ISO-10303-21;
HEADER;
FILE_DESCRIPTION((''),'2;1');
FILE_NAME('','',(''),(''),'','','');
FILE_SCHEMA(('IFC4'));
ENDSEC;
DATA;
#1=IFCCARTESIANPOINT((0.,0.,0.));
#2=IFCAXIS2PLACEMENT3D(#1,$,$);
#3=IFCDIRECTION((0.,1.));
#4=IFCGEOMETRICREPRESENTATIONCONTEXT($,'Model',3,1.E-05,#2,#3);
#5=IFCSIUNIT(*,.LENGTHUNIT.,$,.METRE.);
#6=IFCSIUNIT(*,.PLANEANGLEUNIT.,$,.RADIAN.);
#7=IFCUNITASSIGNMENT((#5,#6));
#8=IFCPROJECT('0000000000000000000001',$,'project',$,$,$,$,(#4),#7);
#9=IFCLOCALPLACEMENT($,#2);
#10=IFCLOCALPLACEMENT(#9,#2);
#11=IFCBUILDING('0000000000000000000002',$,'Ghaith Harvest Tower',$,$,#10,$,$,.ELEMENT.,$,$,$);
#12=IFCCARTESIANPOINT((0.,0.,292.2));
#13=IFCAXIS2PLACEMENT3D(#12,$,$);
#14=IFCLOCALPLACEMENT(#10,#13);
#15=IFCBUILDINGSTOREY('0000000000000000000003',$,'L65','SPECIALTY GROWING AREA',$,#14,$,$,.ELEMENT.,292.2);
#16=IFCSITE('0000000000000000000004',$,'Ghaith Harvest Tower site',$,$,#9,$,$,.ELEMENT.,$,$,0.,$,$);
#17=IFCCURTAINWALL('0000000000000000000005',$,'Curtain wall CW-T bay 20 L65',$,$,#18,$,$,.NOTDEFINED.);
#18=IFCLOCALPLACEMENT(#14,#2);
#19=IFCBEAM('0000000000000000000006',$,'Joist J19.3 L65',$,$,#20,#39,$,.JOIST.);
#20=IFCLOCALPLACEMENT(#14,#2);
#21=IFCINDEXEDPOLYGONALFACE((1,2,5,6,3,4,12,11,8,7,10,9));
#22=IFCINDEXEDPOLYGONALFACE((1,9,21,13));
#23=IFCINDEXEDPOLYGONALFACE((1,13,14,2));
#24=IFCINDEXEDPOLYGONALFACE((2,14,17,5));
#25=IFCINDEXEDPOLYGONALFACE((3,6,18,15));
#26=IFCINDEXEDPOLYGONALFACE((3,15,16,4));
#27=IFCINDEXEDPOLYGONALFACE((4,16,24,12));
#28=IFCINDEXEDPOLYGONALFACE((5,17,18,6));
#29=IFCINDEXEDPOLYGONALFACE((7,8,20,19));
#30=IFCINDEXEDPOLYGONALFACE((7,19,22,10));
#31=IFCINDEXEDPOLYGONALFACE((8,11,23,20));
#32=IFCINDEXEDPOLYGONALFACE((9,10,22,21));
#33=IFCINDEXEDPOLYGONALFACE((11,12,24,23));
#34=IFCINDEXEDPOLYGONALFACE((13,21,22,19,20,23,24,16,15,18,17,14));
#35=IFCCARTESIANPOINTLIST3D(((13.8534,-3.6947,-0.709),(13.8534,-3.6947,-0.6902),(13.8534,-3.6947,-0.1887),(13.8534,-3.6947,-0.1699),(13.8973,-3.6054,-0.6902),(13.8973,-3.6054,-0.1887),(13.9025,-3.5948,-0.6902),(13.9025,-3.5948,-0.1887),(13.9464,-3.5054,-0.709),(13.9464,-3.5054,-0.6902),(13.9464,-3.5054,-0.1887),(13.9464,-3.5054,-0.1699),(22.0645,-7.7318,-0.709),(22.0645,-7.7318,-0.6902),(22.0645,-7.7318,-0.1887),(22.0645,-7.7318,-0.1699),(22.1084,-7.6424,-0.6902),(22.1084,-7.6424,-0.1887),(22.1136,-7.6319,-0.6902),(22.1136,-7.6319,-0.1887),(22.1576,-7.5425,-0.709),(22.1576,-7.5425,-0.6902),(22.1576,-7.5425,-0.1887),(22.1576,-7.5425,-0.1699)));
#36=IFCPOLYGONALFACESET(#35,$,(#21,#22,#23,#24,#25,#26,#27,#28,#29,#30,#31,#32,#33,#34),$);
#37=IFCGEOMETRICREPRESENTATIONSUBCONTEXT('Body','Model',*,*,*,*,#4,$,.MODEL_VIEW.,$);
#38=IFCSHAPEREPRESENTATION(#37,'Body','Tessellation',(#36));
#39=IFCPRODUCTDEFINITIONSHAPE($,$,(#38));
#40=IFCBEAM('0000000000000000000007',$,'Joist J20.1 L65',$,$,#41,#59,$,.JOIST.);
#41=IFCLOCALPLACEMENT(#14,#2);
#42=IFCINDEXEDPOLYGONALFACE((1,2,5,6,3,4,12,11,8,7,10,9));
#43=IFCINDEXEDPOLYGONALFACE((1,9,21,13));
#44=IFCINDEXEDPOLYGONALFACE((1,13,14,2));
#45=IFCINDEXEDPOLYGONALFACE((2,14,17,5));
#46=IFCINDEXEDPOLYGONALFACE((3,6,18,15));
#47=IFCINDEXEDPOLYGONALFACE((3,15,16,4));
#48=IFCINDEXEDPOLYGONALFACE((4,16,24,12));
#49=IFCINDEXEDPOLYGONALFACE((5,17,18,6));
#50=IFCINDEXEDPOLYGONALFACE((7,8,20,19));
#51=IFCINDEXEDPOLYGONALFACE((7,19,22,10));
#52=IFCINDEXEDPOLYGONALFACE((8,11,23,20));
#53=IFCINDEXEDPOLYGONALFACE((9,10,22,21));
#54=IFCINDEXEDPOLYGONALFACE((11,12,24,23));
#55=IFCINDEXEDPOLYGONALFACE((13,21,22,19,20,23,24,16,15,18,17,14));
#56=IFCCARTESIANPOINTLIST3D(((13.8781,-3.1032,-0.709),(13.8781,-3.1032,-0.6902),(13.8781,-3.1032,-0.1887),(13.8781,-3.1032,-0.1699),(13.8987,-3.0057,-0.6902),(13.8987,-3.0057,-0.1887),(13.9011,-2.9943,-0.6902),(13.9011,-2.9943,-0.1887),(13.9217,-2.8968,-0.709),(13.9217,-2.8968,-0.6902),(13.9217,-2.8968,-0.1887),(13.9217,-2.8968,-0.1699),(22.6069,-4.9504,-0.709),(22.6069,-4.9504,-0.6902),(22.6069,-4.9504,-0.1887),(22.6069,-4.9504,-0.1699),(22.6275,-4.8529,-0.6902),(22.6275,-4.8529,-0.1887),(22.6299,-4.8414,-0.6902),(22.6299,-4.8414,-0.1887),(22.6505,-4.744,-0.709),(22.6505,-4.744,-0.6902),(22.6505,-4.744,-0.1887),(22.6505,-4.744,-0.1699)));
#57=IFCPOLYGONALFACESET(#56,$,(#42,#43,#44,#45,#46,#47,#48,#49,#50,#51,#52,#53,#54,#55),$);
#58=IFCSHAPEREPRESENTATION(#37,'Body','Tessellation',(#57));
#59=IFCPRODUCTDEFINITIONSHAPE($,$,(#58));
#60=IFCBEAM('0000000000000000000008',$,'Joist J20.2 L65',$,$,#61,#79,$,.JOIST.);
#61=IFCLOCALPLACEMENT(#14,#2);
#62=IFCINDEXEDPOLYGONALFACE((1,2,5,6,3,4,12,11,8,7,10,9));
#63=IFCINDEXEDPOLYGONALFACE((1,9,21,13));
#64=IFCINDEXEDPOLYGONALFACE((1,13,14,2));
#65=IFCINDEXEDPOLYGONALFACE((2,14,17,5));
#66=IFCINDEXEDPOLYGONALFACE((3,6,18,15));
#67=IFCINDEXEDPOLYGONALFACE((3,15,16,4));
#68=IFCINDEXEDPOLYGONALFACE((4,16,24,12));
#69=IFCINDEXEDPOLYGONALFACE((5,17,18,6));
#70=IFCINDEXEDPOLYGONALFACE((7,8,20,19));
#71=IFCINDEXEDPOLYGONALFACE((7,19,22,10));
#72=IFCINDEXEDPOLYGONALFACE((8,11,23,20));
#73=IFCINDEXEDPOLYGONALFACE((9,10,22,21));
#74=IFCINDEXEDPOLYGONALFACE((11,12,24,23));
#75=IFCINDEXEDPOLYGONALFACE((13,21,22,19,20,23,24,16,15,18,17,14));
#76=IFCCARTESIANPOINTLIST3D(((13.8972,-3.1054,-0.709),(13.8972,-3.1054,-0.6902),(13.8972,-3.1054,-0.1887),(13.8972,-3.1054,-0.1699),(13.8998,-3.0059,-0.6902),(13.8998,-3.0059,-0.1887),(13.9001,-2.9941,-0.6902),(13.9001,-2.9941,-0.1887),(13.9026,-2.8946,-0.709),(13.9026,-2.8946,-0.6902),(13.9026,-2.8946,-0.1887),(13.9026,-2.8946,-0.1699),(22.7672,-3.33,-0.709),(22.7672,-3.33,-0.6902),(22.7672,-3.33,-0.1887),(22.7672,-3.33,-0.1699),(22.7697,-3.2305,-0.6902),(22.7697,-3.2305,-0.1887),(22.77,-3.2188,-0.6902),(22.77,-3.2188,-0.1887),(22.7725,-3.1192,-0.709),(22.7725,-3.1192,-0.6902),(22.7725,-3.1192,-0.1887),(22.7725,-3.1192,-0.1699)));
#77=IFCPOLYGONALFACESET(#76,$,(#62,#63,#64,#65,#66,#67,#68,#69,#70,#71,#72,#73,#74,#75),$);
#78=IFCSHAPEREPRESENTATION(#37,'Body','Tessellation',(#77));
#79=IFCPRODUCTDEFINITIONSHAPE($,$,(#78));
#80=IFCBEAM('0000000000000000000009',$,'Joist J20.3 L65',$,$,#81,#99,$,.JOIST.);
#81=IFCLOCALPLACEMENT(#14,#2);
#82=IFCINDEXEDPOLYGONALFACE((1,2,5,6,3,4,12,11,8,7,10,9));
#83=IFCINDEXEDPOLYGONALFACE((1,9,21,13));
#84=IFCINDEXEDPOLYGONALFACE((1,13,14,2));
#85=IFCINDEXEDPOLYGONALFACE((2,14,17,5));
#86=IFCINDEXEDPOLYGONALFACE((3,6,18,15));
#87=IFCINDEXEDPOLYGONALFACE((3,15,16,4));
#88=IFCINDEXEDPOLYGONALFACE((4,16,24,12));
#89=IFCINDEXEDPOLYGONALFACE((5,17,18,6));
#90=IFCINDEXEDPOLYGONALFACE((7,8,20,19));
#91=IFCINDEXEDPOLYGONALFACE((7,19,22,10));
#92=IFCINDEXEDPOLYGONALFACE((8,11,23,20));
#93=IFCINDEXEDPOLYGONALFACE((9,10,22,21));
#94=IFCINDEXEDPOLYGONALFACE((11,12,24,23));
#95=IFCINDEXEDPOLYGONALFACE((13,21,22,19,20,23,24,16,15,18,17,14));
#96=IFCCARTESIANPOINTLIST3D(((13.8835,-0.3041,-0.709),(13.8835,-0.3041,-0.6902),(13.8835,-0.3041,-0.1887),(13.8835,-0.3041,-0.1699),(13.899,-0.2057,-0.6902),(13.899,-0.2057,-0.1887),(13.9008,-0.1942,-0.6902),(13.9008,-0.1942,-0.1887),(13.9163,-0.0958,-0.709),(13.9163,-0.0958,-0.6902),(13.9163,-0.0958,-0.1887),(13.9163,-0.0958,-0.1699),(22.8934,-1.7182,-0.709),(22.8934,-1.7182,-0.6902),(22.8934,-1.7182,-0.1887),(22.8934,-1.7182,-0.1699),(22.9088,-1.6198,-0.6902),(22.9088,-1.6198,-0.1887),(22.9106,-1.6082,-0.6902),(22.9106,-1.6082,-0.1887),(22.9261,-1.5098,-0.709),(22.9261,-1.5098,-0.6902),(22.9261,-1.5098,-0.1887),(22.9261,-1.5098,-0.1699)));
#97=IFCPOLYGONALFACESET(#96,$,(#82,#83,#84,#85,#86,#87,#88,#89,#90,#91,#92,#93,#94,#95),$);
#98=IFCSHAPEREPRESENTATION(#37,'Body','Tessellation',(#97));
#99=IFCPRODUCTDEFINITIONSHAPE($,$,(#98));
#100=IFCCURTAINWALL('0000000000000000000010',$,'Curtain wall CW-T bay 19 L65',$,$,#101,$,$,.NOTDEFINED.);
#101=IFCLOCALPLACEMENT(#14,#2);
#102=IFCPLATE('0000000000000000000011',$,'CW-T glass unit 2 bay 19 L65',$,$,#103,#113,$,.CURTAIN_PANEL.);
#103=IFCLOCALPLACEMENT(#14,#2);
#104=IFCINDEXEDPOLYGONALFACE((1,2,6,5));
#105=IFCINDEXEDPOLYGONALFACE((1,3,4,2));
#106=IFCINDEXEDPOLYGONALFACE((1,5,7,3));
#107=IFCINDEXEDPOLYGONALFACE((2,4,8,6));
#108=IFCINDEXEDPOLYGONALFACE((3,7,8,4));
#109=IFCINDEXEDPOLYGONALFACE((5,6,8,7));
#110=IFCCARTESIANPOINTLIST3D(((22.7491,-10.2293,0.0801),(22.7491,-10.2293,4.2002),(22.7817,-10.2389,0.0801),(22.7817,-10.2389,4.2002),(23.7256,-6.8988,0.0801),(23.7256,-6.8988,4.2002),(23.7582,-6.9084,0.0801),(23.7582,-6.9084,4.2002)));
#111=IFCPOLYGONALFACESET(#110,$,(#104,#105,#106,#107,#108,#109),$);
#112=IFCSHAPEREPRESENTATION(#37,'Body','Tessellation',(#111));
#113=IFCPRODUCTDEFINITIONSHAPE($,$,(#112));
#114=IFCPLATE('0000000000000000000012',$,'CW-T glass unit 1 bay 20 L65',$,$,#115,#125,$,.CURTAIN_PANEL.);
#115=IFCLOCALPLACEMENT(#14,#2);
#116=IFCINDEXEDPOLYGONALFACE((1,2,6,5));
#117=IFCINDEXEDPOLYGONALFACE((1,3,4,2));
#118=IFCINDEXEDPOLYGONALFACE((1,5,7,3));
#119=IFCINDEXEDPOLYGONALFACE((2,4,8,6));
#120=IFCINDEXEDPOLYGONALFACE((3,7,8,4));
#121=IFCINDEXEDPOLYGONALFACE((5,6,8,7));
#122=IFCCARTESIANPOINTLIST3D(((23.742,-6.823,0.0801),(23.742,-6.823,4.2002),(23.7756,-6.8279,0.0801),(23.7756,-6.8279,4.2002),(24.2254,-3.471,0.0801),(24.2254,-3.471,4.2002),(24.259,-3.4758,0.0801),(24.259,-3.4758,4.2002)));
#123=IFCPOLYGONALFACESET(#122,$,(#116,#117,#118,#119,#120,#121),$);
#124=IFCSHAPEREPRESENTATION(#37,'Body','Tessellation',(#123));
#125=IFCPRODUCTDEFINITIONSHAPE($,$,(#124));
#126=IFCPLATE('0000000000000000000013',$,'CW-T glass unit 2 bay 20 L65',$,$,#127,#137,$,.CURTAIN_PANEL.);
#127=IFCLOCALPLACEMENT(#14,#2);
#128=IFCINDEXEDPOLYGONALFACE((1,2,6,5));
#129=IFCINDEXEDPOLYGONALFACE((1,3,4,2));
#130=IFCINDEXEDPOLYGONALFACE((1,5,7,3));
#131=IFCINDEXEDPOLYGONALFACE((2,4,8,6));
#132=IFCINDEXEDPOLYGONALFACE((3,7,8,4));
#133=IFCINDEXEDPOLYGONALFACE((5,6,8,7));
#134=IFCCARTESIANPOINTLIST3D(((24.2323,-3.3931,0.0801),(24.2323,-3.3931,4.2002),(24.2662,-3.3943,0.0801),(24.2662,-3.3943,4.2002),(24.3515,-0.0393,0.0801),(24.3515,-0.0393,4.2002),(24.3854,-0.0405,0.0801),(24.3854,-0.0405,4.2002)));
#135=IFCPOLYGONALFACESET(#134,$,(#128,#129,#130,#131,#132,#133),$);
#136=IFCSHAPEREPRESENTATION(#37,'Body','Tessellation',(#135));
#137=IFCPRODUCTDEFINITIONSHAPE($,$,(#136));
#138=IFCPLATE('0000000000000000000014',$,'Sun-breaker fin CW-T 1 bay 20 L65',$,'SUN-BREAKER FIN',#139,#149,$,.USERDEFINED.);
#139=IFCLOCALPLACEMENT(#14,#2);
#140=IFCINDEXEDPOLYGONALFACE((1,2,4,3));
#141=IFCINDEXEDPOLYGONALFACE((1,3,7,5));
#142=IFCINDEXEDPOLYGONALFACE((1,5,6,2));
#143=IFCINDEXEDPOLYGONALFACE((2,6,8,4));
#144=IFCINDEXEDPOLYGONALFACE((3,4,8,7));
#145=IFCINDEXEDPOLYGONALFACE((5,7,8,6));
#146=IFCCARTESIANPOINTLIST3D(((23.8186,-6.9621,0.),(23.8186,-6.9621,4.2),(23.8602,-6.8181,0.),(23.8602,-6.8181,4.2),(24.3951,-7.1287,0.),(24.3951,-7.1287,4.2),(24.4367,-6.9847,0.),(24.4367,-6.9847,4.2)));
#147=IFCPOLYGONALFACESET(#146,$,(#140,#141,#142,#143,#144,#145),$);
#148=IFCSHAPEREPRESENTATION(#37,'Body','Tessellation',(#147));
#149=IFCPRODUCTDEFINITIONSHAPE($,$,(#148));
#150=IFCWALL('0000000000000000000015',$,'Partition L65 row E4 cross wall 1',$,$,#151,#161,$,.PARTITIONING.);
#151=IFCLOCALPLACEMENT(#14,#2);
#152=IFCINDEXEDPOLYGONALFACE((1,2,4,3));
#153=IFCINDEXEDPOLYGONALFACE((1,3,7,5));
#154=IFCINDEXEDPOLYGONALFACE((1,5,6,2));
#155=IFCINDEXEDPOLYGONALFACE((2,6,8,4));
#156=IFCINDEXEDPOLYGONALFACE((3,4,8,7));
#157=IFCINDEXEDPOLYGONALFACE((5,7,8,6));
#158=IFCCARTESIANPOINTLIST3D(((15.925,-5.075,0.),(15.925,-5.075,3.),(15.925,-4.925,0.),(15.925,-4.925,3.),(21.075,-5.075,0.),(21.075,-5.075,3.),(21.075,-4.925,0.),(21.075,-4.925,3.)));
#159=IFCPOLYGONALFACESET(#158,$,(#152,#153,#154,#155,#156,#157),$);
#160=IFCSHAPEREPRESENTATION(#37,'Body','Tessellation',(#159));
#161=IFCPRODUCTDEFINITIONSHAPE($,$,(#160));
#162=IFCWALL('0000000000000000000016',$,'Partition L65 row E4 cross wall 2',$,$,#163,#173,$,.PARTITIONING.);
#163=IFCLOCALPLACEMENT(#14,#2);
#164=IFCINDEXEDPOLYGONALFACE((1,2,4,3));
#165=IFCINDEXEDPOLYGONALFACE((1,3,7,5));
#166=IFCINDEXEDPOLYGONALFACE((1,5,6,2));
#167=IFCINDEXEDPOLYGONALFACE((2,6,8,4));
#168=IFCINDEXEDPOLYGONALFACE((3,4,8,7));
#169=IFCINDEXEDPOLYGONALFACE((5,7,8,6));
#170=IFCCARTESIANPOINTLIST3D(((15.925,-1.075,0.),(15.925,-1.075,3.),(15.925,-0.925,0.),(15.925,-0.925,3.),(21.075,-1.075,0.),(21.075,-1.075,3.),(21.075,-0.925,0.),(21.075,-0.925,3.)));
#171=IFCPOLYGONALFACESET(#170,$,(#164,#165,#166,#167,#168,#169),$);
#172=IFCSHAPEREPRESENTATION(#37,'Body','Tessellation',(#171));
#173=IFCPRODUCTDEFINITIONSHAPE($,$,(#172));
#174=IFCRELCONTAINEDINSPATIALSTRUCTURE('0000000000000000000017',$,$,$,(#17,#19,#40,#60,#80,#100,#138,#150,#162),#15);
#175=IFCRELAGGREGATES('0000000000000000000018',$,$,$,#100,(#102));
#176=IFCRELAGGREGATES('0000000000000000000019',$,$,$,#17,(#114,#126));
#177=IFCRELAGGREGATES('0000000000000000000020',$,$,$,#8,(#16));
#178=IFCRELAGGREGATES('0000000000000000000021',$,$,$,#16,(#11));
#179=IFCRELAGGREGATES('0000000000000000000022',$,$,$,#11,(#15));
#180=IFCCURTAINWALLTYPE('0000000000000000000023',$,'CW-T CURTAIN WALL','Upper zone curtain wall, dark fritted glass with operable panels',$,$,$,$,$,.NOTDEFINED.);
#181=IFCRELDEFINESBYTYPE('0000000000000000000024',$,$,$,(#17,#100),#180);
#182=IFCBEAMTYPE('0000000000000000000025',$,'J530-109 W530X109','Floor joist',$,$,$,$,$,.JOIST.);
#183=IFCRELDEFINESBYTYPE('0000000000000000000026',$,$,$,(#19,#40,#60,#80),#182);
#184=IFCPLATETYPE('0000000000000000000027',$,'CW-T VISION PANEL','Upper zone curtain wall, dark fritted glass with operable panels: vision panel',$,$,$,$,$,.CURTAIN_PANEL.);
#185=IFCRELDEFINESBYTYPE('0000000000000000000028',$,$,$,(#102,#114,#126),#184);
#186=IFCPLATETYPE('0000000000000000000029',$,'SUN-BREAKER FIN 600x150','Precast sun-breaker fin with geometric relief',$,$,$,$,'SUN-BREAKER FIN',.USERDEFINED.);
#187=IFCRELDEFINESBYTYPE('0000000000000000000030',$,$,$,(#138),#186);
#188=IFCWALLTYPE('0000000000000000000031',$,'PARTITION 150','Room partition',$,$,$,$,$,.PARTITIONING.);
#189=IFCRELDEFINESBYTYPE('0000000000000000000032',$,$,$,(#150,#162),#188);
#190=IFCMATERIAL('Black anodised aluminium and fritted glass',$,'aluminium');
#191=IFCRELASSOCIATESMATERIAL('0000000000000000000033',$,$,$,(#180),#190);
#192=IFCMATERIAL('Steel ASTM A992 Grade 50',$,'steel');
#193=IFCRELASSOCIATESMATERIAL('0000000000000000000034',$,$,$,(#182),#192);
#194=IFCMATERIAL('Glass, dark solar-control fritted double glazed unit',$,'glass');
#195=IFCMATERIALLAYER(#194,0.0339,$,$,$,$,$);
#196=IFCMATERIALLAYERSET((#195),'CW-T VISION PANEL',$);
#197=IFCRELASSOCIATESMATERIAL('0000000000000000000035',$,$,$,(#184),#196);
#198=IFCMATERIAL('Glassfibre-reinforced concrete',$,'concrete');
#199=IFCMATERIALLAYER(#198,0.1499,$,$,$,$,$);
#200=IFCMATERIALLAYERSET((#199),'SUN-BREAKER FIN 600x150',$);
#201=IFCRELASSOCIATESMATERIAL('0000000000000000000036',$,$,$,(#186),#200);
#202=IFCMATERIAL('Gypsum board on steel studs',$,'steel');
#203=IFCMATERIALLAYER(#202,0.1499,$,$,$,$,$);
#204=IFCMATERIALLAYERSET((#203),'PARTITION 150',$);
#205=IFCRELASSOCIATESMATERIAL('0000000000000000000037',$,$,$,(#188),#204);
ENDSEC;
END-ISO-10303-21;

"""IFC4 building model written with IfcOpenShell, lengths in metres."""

from ifc_helpers import new_model, si_unit, direction, frame, frame_2d, origin, origin_2d, place, context, subcontext, project, spatial, rectangle, i_section, extrude, material, layer, layer_set, material_profile, profile_set, type_object, element, aggregate, save


model = new_model("IFC4")

# Units and contexts
model_context = context("Model", 3, precision=1e-05, world=origin(), true_north=direction((0.0, 1.0)))
body_context = subcontext(model_context, "Body", "Model", "MODEL_VIEW")
ifc_project = project(units=[si_unit("LENGTHUNIT", "METRE"), si_unit("PLANEANGLEUNIT", "RADIAN")], contexts=[model_context])

# Site, building, storey
site_placement = place(None, origin())
site = spatial("IfcSite", under=ifc_project, at=site_placement, Name="Ghaith Harvest Tower site", CompositionType="ELEMENT", RefElevation=0.0)
building_placement = place(site_placement, origin())
building = spatial("IfcBuilding", under=site, at=building_placement, Name="Ghaith Harvest Tower", CompositionType="ELEMENT")
storey_placement = place(building_placement, frame((0.0, 0.0, 292.2)))
storey = spatial("IfcBuildingStorey", under=building, at=storey_placement, Name="L65", Description="SPECIALTY GROWING AREA", CompositionType="ELEMENT", Elevation=292.2)

# Curtain wall
ifc_material_1 = material(Name="Black anodised aluminium and fritted glass", Category="aluminium")
curtain_wall_type = type_object("IfcCurtainWallType", Name="CW-T CURTAIN WALL", Description="Upper zone curtain wall, dark fritted glass with operable panels", PredefinedType="NOTDEFINED", material=ifc_material_1)
curtain_wall_1_placement = place(storey_placement, origin())
curtain_wall_1 = element("IfcCurtainWall", 1, at=curtain_wall_1_placement, inside=storey, type_object=curtain_wall_type, Name="Curtain wall CW-T bay 20 L65", PredefinedType="NOTDEFINED")

# Beams
ifc_material_2 = material(Name="Steel ASTM A992 Grade 50", Category="steel")
ifc_material_profile_1 = material_profile(ifc_material_2, i_section(OverallWidth=0.2109, OverallDepth=0.5391, WebThickness=0.0117, FlangeThickness=0.0188, at=origin_2d()), Name="W530X109")
ifc_profile_set_1 = profile_set([ifc_material_profile_1], Name="Steel ASTM A992 Grade 50")
beam_type_1 = type_object("IfcBeamType", Name="J530-109 W530X109", Description="Floor joist", PredefinedType="JOIST", material=ifc_profile_set_1)
beam_1_placement = place(storey_placement, frame((13.8999, -3.6001, -0.4395), z_axis=(0.897401, -0.441216, 0.0), x_axis=(0.441216, 0.897401, 0.0)))
element("IfcBeam", 2, at=beam_1_placement, inside=storey, type_object=beam_type_1, Name="Joist J19.3 L65", PredefinedType="JOIST", context=body_context, shape_type="SweptSolid", body=[
    extrude(i_section(OverallWidth=0.2109, OverallDepth=0.5391, WebThickness=0.0117, FlangeThickness=0.0188, at=origin_2d()), origin(), (0.0, 0.0, 1.0), 9.1499),
])
beam_2_placement = place(storey_placement, frame((13.8999, -3.0, -0.4395), z_axis=(0.978334, -0.207034, 0.0), x_axis=(0.207034, 0.978334, 0.0)))
element("IfcBeam", 3, at=beam_2_placement, inside=storey, type_object=beam_type_1, Name="Joist J20.1 L65", PredefinedType="JOIST", context=body_context, shape_type="SweptSolid", body=[
    extrude(i_section(OverallWidth=0.2109, OverallDepth=0.5391, WebThickness=0.0117, FlangeThickness=0.0188, at=origin_2d()), origin(), (0.0, 0.0, 1.0), 8.9221),
])
beam_3_placement = place(storey_placement, frame((13.8999, -3.0, -0.4395), z_axis=(0.99968, -0.025315, 0.0), x_axis=(0.025315, 0.99968, 0.0)))
element("IfcBeam", 4, at=beam_3_placement, inside=storey, type_object=beam_type_1, Name="Joist J20.2 L65", PredefinedType="JOIST", context=body_context, shape_type="SweptSolid", body=[
    extrude(i_section(OverallWidth=0.2109, OverallDepth=0.5391, WebThickness=0.0117, FlangeThickness=0.0188, at=origin_2d()), origin(), (0.0, 0.0, 1.0), 8.8728),
])
beam_4_placement = place(storey_placement, frame((13.8999, -0.2, -0.4395), z_axis=(0.987907, -0.15505, 0.0), x_axis=(0.15505, 0.987907, 0.0)))
element("IfcBeam", 5, at=beam_4_placement, inside=storey, type_object=beam_type_1, Name="Joist J20.3 L65", PredefinedType="JOIST", context=body_context, shape_type="SweptSolid", body=[
    extrude(i_section(OverallWidth=0.2109, OverallDepth=0.5391, WebThickness=0.0117, FlangeThickness=0.0188, at=origin_2d()), origin(), (0.0, 0.0, 1.0), 9.1201),
])

# Curtain wall, plate
curtain_wall_2_placement = place(storey_placement, origin())
curtain_wall_2 = element("IfcCurtainWall", 6, at=curtain_wall_2_placement, inside=storey, type_object=curtain_wall_type, Name="Curtain wall CW-T bay 19 L65", PredefinedType="NOTDEFINED")
ifc_material_3 = material(Name="Glass, dark solar-control fritted double glazed unit", Category="glass")
ifc_layer_1 = layer(ifc_material_3, 0.0339)
ifc_layer_set_1 = layer_set([ifc_layer_1], Name="CW-T VISION PANEL")
plate_type_1 = type_object("IfcPlateType", Name="CW-T VISION PANEL", Description="Upper zone curtain wall, dark fritted glass with operable panels: vision panel", PredefinedType="CURTAIN_PANEL", material=ifc_layer_set_1)
plate_1_placement = place(storey_placement, frame((23.2537, -8.5688, 0.0801), z_axis=(0.0, 0.0, 1.0), x_axis=(0.281345, 0.959607, 0.0)))
plate_1 = element("IfcPlate", 7, at=plate_1_placement, type_object=plate_type_1, Name="CW-T glass unit 2 bay 19 L65", PredefinedType="CURTAIN_PANEL", context=body_context, shape_type="SweptSolid", body=[
    extrude(rectangle(XDim=3.4707, YDim=0.0339, at=origin_2d()), origin(), (0.0, 0.0, 1.0), 4.1201),
])
aggregate(curtain_wall_2, [plate_1])

# Plates
plate_2_placement = place(storey_placement, frame((24.0005, -5.1494, 0.0801), z_axis=(0.0, 0.0, 1.0), x_axis=(0.14273, 0.989762, 0.0)))
plate_2 = element("IfcPlate", 8, at=plate_2_placement, type_object=plate_type_1, Name="CW-T glass unit 1 bay 20 L65", PredefinedType="CURTAIN_PANEL", context=body_context, shape_type="SweptSolid", body=[
    extrude(rectangle(XDim=3.3867, YDim=0.0339, at=origin_2d()), origin(), (0.0, 0.0, 1.0), 4.1201),
])
plate_3_placement = place(storey_placement, frame((24.3088, -1.7168, 0.0801), z_axis=(0.0, 0.0, 1.0), x_axis=(0.035536, 0.999368, 0.0)))
plate_3 = element("IfcPlate", 9, at=plate_3_placement, type_object=plate_type_1, Name="CW-T glass unit 2 bay 20 L65", PredefinedType="CURTAIN_PANEL", context=body_context, shape_type="SweptSolid", body=[
    extrude(rectangle(XDim=3.356, YDim=0.0339, at=origin_2d()), origin(), (0.0, 0.0, 1.0), 4.1201),
])
aggregate(curtain_wall_1, [plate_2, plate_3])
ifc_material_4 = material(Name="Glassfibre-reinforced concrete", Category="concrete")
ifc_layer_2 = layer(ifc_material_4, 0.1499)
ifc_layer_set_2 = layer_set([ifc_layer_2], Name="SUN-BREAKER FIN 600x150")
plate_type_2 = type_object("IfcPlateType", Name="SUN-BREAKER FIN 600x150", Description="Precast sun-breaker fin with geometric relief", ElementType="SUN-BREAKER FIN", PredefinedType="USERDEFINED", material=ifc_layer_set_2)
plate_4_placement = place(storey_placement, frame((24.1277, -6.9734, 0.0), z_axis=(0.0, 0.0, 1.0), x_axis=(0.96068, -0.277657, 0.0)))
element("IfcPlate", 10, at=plate_4_placement, inside=storey, type_object=plate_type_2, Name="Sun-breaker fin CW-T 1 bay 20 L65", ObjectType="SUN-BREAKER FIN", PredefinedType="USERDEFINED", context=body_context, shape_type="SweptSolid", body=[
    extrude(rectangle(XDim=0.6001, YDim=0.1499, at=origin_2d()), origin(), (0.0, 0.0, 1.0), 4.2),
])

# Walls
ifc_material_5 = material(Name="Gypsum board on steel studs", Category="steel")
ifc_layer_3 = layer(ifc_material_5, 0.1499)
ifc_layer_set_3 = layer_set([ifc_layer_3], Name="PARTITION 150")
wall_type = type_object("IfcWallType", Name="PARTITION 150", Description="Room partition", PredefinedType="PARTITIONING", material=ifc_layer_set_3)
for number, where, z_axis, x_axis, name in (
    (11, (15.925, -5.0, 0.0), (0.0, 0.0, 1.0), (1.0, 0.0, 0.0), "Partition L65 row E4 cross wall 1"),
    (12, (15.925, -1.0, 0.0), (0.0, 0.0, 1.0), (1.0, 0.0, 0.0), "Partition L65 row E4 cross wall 2"),
):
    element("IfcWall", number, at=place(storey_placement, frame(where, z_axis=z_axis, x_axis=x_axis)), inside=storey, type_object=wall_type, Name=name, PredefinedType="PARTITIONING", context=body_context, shape_type="SweptSolid", body=[
        extrude(rectangle(XDim=5.1499, YDim=0.1499, at=frame_2d((2.575, 0.0))), origin(), (0.0, 0.0, 1.0), 3.0),
    ])

save(model, "model.ifc")
